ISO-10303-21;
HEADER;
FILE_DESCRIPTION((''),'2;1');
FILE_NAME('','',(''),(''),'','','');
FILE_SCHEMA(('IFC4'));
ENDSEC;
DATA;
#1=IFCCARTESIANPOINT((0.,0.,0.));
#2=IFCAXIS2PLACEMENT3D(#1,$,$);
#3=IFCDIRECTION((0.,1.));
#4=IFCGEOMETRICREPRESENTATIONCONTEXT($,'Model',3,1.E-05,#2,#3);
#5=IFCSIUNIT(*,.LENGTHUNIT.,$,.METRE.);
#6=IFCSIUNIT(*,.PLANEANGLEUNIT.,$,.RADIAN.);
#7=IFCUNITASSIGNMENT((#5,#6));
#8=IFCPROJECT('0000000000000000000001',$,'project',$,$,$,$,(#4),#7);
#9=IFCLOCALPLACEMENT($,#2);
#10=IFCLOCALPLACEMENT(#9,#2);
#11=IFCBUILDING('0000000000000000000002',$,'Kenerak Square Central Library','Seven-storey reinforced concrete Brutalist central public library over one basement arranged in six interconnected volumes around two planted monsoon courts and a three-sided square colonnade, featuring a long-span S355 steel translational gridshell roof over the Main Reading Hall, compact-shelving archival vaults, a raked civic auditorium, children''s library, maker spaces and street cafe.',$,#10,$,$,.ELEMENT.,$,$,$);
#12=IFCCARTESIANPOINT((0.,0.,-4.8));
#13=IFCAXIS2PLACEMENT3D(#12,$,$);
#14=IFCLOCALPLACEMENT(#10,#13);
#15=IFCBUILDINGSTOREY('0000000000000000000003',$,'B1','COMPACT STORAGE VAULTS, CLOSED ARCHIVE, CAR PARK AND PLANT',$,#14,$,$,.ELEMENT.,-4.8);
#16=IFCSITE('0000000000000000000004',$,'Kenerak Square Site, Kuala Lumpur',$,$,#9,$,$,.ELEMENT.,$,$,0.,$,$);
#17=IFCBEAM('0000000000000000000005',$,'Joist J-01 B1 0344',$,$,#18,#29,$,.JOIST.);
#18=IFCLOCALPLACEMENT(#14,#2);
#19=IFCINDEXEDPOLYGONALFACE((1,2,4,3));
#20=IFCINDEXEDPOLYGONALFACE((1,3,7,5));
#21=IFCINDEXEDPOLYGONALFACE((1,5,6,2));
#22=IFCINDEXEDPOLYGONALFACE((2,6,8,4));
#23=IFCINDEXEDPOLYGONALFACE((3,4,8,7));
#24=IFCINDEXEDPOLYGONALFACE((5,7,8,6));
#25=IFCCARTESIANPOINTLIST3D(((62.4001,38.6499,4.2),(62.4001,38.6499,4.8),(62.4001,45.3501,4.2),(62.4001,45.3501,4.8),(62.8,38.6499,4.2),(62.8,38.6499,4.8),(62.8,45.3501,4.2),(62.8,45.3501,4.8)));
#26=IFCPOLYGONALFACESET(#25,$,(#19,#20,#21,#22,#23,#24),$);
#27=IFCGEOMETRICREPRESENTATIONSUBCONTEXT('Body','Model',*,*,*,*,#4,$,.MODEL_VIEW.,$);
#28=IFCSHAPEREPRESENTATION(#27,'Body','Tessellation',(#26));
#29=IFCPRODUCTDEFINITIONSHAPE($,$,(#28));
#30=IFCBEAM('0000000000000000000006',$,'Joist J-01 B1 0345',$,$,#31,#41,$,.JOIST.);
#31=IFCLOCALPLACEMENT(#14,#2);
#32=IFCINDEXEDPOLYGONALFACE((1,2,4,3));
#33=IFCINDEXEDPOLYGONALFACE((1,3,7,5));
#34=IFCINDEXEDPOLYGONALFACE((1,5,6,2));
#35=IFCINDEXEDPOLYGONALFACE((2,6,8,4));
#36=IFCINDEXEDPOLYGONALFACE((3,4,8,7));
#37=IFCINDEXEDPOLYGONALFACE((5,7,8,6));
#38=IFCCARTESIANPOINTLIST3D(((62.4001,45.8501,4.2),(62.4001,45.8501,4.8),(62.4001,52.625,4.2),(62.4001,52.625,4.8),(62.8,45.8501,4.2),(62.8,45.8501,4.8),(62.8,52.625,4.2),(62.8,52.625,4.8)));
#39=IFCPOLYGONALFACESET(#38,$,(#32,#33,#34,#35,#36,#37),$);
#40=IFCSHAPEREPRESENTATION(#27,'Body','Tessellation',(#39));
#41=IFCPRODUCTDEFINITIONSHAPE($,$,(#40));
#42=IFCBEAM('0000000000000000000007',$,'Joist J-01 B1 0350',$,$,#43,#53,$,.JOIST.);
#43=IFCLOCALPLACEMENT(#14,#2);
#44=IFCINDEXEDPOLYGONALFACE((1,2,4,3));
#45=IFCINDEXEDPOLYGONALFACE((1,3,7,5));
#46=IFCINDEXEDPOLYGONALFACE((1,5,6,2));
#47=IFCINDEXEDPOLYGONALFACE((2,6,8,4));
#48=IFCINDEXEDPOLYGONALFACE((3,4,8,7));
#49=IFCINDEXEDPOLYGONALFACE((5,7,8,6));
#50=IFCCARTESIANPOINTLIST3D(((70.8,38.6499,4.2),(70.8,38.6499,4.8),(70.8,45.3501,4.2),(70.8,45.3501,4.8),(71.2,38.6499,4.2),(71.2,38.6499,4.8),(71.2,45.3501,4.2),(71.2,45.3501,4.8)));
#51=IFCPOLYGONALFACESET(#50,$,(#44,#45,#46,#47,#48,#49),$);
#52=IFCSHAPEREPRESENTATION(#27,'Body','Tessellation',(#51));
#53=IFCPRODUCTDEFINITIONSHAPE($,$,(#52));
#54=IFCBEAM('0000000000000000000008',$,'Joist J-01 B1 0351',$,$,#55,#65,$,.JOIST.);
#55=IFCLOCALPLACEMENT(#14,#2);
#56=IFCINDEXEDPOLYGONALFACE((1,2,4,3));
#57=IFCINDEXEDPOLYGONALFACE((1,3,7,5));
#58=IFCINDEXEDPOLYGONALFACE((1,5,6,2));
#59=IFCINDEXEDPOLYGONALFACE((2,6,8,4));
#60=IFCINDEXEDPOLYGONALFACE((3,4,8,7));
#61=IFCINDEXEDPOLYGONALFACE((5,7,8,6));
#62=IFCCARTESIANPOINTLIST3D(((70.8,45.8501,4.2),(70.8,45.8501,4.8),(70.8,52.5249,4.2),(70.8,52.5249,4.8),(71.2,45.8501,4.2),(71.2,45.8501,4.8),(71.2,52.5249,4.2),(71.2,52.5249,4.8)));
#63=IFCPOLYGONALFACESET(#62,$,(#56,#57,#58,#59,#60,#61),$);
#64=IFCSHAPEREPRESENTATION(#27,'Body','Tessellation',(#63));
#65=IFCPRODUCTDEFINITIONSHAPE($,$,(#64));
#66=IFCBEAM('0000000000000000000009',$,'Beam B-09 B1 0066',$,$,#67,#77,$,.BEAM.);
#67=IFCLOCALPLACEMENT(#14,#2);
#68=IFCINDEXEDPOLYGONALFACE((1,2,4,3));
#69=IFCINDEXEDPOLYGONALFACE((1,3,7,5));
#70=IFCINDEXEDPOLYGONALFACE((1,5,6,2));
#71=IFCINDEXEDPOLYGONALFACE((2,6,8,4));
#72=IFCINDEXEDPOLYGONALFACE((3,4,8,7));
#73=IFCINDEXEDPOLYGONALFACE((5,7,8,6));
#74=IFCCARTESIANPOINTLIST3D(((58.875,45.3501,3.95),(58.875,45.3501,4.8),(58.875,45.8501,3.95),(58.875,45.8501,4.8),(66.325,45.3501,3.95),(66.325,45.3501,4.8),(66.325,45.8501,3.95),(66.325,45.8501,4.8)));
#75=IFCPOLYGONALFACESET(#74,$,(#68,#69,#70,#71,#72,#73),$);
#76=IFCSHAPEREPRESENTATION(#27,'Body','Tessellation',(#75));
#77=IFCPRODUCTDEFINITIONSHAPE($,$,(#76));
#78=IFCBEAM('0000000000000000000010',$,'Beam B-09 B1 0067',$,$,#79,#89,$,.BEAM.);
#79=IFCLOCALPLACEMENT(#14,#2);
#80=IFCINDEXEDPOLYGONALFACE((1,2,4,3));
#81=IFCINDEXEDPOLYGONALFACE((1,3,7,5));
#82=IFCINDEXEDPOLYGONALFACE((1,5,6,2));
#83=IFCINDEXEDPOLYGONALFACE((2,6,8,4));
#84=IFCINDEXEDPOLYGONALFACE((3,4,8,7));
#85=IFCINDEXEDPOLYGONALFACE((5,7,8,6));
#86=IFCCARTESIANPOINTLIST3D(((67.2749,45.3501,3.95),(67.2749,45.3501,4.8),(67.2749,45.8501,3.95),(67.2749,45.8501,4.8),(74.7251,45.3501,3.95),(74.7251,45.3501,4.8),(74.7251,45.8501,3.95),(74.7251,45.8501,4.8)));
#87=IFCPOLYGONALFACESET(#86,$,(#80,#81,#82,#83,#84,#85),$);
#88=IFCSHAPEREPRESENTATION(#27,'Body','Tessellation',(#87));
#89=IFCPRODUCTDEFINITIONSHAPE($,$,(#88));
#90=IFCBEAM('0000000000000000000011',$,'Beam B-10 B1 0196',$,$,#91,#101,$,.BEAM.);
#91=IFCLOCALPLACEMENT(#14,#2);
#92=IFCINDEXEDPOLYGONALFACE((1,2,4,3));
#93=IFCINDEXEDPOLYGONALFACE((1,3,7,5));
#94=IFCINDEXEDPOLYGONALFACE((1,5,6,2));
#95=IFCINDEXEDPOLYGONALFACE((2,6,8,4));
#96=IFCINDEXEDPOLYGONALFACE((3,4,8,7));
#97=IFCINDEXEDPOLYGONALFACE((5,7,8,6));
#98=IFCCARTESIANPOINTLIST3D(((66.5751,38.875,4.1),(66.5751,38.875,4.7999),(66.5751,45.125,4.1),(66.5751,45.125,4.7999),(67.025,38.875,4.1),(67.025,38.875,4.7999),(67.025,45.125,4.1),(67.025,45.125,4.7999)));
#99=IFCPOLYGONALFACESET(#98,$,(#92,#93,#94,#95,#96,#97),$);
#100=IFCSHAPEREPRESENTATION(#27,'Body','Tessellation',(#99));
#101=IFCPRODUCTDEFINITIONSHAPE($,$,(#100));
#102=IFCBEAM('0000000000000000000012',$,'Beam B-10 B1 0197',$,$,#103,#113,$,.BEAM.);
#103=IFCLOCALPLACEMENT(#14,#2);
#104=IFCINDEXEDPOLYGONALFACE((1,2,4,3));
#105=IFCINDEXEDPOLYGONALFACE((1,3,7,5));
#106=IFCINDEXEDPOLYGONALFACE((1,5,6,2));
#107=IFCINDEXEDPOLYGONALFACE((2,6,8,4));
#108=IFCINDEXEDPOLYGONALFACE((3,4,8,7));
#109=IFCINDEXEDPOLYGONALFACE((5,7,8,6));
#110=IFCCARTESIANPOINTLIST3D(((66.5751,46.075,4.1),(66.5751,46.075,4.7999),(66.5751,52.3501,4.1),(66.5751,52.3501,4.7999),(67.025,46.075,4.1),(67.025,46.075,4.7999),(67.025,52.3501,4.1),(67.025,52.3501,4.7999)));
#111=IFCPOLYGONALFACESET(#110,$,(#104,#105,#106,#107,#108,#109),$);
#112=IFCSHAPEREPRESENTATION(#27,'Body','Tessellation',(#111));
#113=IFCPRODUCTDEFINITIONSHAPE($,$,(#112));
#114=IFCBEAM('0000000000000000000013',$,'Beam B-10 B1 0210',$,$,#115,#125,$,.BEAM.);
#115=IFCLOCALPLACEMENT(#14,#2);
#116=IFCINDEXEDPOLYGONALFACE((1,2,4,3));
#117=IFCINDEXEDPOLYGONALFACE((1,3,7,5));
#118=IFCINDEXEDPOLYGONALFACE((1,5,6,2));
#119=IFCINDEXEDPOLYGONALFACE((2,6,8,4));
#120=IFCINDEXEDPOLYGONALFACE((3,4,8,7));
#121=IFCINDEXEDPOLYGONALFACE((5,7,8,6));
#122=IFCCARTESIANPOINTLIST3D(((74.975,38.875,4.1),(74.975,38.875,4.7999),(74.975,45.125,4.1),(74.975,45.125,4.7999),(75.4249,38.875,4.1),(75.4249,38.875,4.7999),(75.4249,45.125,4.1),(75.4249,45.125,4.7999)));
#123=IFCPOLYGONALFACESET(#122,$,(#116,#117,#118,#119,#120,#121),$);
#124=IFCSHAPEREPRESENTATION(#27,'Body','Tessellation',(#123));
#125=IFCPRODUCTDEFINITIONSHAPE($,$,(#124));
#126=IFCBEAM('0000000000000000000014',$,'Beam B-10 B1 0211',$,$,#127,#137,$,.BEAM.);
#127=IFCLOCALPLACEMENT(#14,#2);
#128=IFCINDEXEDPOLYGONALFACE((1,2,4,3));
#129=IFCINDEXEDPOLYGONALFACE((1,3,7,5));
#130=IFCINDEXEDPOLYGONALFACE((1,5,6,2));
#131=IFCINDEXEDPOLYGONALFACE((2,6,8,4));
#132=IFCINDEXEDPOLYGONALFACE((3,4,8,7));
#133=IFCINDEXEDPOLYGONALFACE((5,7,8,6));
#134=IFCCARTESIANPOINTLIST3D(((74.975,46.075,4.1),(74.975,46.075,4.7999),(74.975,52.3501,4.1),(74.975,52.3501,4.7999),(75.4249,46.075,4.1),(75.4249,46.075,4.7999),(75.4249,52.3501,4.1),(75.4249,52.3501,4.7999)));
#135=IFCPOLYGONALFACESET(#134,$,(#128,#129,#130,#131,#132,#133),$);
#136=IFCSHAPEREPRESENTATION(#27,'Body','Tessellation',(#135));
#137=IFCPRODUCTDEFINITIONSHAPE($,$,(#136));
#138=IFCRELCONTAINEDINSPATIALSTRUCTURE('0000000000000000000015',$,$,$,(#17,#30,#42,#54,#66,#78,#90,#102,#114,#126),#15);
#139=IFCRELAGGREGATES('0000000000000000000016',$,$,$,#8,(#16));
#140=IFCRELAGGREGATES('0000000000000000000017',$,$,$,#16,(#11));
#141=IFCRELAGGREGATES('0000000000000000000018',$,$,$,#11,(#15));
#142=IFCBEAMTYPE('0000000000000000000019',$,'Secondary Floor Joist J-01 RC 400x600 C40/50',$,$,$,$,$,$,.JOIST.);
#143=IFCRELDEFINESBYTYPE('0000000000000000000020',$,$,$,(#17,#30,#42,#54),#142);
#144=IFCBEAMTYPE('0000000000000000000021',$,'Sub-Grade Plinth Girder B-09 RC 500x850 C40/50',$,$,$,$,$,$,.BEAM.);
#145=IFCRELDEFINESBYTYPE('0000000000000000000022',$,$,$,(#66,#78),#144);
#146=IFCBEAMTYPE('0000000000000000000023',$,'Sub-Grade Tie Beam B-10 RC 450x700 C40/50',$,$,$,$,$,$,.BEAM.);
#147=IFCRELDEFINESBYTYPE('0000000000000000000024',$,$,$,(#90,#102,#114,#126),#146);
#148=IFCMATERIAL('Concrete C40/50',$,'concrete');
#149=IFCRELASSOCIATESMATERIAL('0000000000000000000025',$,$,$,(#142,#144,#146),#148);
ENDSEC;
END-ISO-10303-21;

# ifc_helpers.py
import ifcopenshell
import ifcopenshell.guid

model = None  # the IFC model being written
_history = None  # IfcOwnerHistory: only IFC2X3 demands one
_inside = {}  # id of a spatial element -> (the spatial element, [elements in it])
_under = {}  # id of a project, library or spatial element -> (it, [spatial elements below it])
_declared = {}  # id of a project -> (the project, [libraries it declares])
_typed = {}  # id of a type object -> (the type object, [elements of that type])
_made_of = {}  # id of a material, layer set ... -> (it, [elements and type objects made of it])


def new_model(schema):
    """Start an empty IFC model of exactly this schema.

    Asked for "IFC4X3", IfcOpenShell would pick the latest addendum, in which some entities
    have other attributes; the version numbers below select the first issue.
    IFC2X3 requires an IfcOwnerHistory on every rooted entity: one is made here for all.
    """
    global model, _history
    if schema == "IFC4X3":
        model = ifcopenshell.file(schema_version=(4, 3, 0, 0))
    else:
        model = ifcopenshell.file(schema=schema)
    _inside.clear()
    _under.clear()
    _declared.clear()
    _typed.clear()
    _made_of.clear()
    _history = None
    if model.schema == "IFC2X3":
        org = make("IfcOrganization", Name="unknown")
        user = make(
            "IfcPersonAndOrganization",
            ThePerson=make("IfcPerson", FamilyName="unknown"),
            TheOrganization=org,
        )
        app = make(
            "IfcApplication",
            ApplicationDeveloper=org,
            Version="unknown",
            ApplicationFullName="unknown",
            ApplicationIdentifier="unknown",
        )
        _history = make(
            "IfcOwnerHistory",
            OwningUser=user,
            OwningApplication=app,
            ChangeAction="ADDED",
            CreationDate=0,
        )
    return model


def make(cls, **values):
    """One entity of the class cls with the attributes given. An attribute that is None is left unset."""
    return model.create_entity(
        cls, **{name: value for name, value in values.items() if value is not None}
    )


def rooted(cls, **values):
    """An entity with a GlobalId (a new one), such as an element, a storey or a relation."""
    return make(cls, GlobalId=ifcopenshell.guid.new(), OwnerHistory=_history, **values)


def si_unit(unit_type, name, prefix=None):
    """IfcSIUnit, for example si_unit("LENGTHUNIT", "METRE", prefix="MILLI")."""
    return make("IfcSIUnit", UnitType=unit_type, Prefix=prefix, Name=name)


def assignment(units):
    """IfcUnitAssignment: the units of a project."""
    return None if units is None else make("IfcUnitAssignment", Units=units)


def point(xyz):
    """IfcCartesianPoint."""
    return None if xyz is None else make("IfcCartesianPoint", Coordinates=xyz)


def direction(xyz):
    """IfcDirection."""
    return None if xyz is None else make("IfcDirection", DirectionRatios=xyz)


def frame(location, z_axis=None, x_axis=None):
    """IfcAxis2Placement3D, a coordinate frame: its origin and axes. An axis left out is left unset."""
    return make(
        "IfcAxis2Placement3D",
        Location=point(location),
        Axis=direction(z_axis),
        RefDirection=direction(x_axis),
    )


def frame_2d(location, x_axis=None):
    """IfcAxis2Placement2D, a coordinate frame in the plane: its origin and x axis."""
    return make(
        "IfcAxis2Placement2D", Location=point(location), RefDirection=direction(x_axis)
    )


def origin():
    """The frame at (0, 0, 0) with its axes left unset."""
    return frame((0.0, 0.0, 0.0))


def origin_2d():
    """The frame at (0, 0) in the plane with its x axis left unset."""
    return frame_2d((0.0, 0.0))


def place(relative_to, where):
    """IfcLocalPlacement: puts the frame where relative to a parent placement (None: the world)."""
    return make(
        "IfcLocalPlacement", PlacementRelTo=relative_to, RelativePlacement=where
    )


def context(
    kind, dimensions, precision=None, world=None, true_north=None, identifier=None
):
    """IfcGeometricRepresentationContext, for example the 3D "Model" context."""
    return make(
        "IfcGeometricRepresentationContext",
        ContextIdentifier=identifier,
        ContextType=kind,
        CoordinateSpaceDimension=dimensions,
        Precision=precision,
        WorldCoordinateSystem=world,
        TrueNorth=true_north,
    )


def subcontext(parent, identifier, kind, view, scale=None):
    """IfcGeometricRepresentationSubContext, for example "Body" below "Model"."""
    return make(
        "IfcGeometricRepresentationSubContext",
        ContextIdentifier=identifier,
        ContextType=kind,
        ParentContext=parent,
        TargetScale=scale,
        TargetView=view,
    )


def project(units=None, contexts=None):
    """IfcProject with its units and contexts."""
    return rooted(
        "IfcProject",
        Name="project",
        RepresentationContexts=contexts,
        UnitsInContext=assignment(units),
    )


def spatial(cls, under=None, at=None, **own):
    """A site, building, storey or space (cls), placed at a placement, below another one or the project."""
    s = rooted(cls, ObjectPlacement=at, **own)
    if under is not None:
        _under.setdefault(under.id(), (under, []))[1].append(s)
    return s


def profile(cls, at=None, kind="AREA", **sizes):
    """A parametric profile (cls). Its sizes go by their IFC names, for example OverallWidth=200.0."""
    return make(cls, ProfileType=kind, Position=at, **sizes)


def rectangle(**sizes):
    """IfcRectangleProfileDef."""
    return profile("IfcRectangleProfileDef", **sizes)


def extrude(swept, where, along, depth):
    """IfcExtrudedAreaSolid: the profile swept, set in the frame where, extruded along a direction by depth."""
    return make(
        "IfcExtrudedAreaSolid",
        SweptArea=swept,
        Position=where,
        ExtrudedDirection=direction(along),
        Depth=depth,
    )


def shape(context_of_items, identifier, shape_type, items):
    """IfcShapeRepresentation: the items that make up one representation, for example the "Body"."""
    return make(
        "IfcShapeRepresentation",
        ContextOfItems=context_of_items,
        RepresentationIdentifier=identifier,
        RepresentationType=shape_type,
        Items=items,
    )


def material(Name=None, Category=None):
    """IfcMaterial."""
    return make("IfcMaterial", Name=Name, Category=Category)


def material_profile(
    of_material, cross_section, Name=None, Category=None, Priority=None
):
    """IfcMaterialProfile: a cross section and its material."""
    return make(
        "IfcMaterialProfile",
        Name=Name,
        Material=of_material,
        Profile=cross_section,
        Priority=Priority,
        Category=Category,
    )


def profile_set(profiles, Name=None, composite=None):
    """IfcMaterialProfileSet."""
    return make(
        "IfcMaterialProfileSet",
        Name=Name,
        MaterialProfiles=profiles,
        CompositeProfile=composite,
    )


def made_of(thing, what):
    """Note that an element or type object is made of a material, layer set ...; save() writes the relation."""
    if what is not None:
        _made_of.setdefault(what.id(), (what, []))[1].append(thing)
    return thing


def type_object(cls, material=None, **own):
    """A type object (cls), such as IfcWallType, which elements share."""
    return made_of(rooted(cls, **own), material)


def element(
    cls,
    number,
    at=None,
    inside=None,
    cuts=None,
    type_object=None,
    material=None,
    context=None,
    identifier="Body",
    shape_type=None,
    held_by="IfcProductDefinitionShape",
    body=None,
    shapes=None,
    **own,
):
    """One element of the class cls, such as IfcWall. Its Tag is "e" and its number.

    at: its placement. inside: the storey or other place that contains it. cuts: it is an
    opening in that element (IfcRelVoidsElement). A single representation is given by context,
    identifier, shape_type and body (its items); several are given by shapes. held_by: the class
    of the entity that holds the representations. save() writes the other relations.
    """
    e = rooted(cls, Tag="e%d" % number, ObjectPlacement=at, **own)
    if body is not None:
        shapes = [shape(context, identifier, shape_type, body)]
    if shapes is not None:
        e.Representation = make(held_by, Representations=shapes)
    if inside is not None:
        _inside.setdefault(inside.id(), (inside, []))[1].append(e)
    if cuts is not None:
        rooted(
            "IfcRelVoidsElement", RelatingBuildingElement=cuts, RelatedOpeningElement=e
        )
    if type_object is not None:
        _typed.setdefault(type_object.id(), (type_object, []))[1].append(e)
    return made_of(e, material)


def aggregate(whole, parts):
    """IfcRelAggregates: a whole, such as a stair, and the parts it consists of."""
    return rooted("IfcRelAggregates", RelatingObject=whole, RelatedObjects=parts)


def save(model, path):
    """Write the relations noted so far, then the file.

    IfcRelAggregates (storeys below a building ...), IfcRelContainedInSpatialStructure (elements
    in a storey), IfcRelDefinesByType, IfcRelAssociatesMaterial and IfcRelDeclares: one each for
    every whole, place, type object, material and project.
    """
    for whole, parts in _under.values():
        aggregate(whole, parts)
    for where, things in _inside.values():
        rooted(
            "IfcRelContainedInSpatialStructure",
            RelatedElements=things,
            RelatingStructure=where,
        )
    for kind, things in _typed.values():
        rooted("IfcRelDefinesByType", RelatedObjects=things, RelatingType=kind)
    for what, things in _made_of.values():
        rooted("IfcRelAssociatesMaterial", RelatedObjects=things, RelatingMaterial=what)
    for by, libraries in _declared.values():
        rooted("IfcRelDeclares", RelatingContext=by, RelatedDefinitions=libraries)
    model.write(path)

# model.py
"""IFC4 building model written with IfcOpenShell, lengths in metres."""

from ifc_helpers import new_model, si_unit, direction, frame, origin, origin_2d, place, context, subcontext, project, spatial, rectangle, extrude, material, material_profile, profile_set, type_object, element, save


model = new_model("IFC4")

# Units and contexts
model_context = context("Model", 3, precision=1e-05, world=origin(), true_north=direction((0.0, 1.0)))
body_context = subcontext(model_context, "Body", "Model", "MODEL_VIEW")
ifc_project = project(units=[si_unit("LENGTHUNIT", "METRE"), si_unit("PLANEANGLEUNIT", "RADIAN")], contexts=[model_context])

# Site, building, storey
site_placement = place(None, origin())
site = spatial("IfcSite", under=ifc_project, at=site_placement, Name="Kenerak Square Site, Kuala Lumpur", CompositionType="ELEMENT", RefElevation=0.0)
building_placement = place(site_placement, origin())
building = spatial("IfcBuilding", under=site, at=building_placement, Name="Kenerak Square Central Library", Description="Seven-storey reinforced concrete Brutalist central public library over one basement arranged in six interconnected volumes around two planted monsoon courts and a three-sided square colonnade, featuring a long-span S355 steel translational gridshell roof over the Main Reading Hall, compact-shelving archival vaults, a raked civic auditorium, children's library, maker spaces and street cafe.", CompositionType="ELEMENT")
storey_placement = place(building_placement, frame((0.0, 0.0, -4.8)))
storey = spatial("IfcBuildingStorey", under=building, at=storey_placement, Name="B1", Description="COMPACT STORAGE VAULTS, CLOSED ARCHIVE, CAR PARK AND PLANT", CompositionType="ELEMENT", Elevation=-4.8)

# Shared definitions
ifc_material_1 = material(Name="Concrete C40/50", Category="concrete")

# Beams
ifc_material_profile_1 = material_profile(ifc_material_1, rectangle(XDim=0.3999, YDim=0.6001, at=origin_2d()), Name="RC 400x600")
ifc_profile_set_1 = profile_set([ifc_material_profile_1], Name="Concrete C40/50")
beam_type_1 = type_object("IfcBeamType", Name="Secondary Floor Joist J-01 RC 400x600 C40/50", PredefinedType="JOIST", material=ifc_profile_set_1)
beam_1_placement = place(storey_placement, frame((62.6001, 38.6499, 4.5), z_axis=(0.0, 1.0, 0.0), x_axis=(-1.0, 0.0, 0.0)))
element("IfcBeam", 1, at=beam_1_placement, inside=storey, type_object=beam_type_1, Name="Joist J-01 B1 0344", PredefinedType="JOIST", context=body_context, shape_type="SweptSolid", body=[
    extrude(rectangle(XDim=0.3999, YDim=0.6001, at=origin_2d()), origin(), (0.0, 0.0, 1.0), 6.7002),
])
beam_2_placement = place(storey_placement, frame((62.6001, 45.8501, 4.5), z_axis=(0.0, 1.0, 0.0), x_axis=(-1.0, 0.0, 0.0)))
element("IfcBeam", 2, at=beam_2_placement, inside=storey, type_object=beam_type_1, Name="Joist J-01 B1 0345", PredefinedType="JOIST", context=body_context, shape_type="SweptSolid", body=[
    extrude(rectangle(XDim=0.3999, YDim=0.6001, at=origin_2d()), origin(), (0.0, 0.0, 1.0), 6.7749),
])
beam_3_placement = place(storey_placement, frame((71.0, 38.6499, 4.5), z_axis=(0.0, 1.0, 0.0), x_axis=(-1.0, 0.0, 0.0)))
element("IfcBeam", 3, at=beam_3_placement, inside=storey, type_object=beam_type_1, Name="Joist J-01 B1 0350", PredefinedType="JOIST", context=body_context, shape_type="SweptSolid", body=[
    extrude(rectangle(XDim=0.3999, YDim=0.6001, at=origin_2d()), origin(), (0.0, 0.0, 1.0), 6.7002),
])
beam_4_placement = place(storey_placement, frame((71.0, 45.8501, 4.5), z_axis=(0.0, 1.0, 0.0), x_axis=(-1.0, 0.0, 0.0)))
element("IfcBeam", 4, at=beam_4_placement, inside=storey, type_object=beam_type_1, Name="Joist J-01 B1 0351", PredefinedType="JOIST", context=body_context, shape_type="SweptSolid", body=[
    extrude(rectangle(XDim=0.3999, YDim=0.6001, at=origin_2d()), origin(), (0.0, 0.0, 1.0), 6.6748),
])
ifc_material_profile_2 = material_profile(ifc_material_1, rectangle(XDim=0.5, YDim=0.8501, at=origin_2d()), Name="RC 500x850")
ifc_profile_set_2 = profile_set([ifc_material_profile_2], Name="Concrete C40/50")
beam_type_2 = type_object("IfcBeamType", Name="Sub-Grade Plinth Girder B-09 RC 500x850 C40/50", PredefinedType="BEAM", material=ifc_profile_set_2)
beam_5_placement = place(storey_placement, frame((58.875, 45.6001, 4.375), z_axis=(1.0, 0.0, 0.0), x_axis=(0.0, 1.0, 0.0)))
element("IfcBeam", 5, at=beam_5_placement, inside=storey, type_object=beam_type_2, Name="Beam B-09 B1 0066", PredefinedType="BEAM", context=body_context, shape_type="SweptSolid", body=[
    extrude(rectangle(XDim=0.5, YDim=0.8501, at=origin_2d()), origin(), (0.0, 0.0, 1.0), 7.45),
])
beam_6_placement = place(storey_placement, frame((67.2749, 45.6001, 4.375), z_axis=(1.0, 0.0, 0.0), x_axis=(0.0, 1.0, 0.0)))
element("IfcBeam", 6, at=beam_6_placement, inside=storey, type_object=beam_type_2, Name="Beam B-09 B1 0067", PredefinedType="BEAM", context=body_context, shape_type="SweptSolid", body=[
    extrude(rectangle(XDim=0.5, YDim=0.8501, at=origin_2d()), origin(), (0.0, 0.0, 1.0), 7.4502),
])
ifc_material_profile_3 = material_profile(ifc_material_1, rectangle(XDim=0.45, YDim=0.7, at=origin_2d()), Name="RC 450x700")
ifc_profile_set_3 = profile_set([ifc_material_profile_3], Name="Concrete C40/50")
beam_type_3 = type_object("IfcBeamType", Name="Sub-Grade Tie Beam B-10 RC 450x700 C40/50", PredefinedType="BEAM", material=ifc_profile_set_3)
beam_7_placement = place(storey_placement, frame((66.8, 38.875, 4.45), z_axis=(0.0, 1.0, 0.0), x_axis=(-1.0, 0.0, 0.0)))
element("IfcBeam", 7, at=beam_7_placement, inside=storey, type_object=beam_type_3, Name="Beam B-10 B1 0196", PredefinedType="BEAM", context=body_context, shape_type="SweptSolid", body=[
    extrude(rectangle(XDim=0.45, YDim=0.7, at=origin_2d()), origin(), (0.0, 0.0, 1.0), 6.25),
])
beam_8_placement = place(storey_placement, frame((66.8, 46.075, 4.45), z_axis=(0.0, 1.0, 0.0), x_axis=(-1.0, 0.0, 0.0)))
element("IfcBeam", 8, at=beam_8_placement, inside=storey, type_object=beam_type_3, Name="Beam B-10 B1 0197", PredefinedType="BEAM", context=body_context, shape_type="SweptSolid", body=[
    extrude(rectangle(XDim=0.45, YDim=0.7, at=origin_2d()), origin(), (0.0, 0.0, 1.0), 6.2751),
])
beam_9_placement = place(storey_placement, frame((75.2, 38.875, 4.45), z_axis=(0.0, 1.0, 0.0), x_axis=(-1.0, 0.0, 0.0)))
element("IfcBeam", 9, at=beam_9_placement, inside=storey, type_object=beam_type_3, Name="Beam B-10 B1 0210", PredefinedType="BEAM", context=body_context, shape_type="SweptSolid", body=[
    extrude(rectangle(XDim=0.45, YDim=0.7, at=origin_2d()), origin(), (0.0, 0.0, 1.0), 6.25),
])
beam_10_placement = place(storey_placement, frame((75.2, 46.075, 4.45), z_axis=(0.0, 1.0, 0.0), x_axis=(-1.0, 0.0, 0.0)))
element("IfcBeam", 10, at=beam_10_placement, inside=storey, type_object=beam_type_3, Name="Beam B-10 B1 0211", PredefinedType="BEAM", context=body_context, shape_type="SweptSolid", body=[
    extrude(rectangle(XDim=0.45, YDim=0.7, at=origin_2d()), origin(), (0.0, 0.0, 1.0), 6.2751),
])

save(model, "model.ifc")
